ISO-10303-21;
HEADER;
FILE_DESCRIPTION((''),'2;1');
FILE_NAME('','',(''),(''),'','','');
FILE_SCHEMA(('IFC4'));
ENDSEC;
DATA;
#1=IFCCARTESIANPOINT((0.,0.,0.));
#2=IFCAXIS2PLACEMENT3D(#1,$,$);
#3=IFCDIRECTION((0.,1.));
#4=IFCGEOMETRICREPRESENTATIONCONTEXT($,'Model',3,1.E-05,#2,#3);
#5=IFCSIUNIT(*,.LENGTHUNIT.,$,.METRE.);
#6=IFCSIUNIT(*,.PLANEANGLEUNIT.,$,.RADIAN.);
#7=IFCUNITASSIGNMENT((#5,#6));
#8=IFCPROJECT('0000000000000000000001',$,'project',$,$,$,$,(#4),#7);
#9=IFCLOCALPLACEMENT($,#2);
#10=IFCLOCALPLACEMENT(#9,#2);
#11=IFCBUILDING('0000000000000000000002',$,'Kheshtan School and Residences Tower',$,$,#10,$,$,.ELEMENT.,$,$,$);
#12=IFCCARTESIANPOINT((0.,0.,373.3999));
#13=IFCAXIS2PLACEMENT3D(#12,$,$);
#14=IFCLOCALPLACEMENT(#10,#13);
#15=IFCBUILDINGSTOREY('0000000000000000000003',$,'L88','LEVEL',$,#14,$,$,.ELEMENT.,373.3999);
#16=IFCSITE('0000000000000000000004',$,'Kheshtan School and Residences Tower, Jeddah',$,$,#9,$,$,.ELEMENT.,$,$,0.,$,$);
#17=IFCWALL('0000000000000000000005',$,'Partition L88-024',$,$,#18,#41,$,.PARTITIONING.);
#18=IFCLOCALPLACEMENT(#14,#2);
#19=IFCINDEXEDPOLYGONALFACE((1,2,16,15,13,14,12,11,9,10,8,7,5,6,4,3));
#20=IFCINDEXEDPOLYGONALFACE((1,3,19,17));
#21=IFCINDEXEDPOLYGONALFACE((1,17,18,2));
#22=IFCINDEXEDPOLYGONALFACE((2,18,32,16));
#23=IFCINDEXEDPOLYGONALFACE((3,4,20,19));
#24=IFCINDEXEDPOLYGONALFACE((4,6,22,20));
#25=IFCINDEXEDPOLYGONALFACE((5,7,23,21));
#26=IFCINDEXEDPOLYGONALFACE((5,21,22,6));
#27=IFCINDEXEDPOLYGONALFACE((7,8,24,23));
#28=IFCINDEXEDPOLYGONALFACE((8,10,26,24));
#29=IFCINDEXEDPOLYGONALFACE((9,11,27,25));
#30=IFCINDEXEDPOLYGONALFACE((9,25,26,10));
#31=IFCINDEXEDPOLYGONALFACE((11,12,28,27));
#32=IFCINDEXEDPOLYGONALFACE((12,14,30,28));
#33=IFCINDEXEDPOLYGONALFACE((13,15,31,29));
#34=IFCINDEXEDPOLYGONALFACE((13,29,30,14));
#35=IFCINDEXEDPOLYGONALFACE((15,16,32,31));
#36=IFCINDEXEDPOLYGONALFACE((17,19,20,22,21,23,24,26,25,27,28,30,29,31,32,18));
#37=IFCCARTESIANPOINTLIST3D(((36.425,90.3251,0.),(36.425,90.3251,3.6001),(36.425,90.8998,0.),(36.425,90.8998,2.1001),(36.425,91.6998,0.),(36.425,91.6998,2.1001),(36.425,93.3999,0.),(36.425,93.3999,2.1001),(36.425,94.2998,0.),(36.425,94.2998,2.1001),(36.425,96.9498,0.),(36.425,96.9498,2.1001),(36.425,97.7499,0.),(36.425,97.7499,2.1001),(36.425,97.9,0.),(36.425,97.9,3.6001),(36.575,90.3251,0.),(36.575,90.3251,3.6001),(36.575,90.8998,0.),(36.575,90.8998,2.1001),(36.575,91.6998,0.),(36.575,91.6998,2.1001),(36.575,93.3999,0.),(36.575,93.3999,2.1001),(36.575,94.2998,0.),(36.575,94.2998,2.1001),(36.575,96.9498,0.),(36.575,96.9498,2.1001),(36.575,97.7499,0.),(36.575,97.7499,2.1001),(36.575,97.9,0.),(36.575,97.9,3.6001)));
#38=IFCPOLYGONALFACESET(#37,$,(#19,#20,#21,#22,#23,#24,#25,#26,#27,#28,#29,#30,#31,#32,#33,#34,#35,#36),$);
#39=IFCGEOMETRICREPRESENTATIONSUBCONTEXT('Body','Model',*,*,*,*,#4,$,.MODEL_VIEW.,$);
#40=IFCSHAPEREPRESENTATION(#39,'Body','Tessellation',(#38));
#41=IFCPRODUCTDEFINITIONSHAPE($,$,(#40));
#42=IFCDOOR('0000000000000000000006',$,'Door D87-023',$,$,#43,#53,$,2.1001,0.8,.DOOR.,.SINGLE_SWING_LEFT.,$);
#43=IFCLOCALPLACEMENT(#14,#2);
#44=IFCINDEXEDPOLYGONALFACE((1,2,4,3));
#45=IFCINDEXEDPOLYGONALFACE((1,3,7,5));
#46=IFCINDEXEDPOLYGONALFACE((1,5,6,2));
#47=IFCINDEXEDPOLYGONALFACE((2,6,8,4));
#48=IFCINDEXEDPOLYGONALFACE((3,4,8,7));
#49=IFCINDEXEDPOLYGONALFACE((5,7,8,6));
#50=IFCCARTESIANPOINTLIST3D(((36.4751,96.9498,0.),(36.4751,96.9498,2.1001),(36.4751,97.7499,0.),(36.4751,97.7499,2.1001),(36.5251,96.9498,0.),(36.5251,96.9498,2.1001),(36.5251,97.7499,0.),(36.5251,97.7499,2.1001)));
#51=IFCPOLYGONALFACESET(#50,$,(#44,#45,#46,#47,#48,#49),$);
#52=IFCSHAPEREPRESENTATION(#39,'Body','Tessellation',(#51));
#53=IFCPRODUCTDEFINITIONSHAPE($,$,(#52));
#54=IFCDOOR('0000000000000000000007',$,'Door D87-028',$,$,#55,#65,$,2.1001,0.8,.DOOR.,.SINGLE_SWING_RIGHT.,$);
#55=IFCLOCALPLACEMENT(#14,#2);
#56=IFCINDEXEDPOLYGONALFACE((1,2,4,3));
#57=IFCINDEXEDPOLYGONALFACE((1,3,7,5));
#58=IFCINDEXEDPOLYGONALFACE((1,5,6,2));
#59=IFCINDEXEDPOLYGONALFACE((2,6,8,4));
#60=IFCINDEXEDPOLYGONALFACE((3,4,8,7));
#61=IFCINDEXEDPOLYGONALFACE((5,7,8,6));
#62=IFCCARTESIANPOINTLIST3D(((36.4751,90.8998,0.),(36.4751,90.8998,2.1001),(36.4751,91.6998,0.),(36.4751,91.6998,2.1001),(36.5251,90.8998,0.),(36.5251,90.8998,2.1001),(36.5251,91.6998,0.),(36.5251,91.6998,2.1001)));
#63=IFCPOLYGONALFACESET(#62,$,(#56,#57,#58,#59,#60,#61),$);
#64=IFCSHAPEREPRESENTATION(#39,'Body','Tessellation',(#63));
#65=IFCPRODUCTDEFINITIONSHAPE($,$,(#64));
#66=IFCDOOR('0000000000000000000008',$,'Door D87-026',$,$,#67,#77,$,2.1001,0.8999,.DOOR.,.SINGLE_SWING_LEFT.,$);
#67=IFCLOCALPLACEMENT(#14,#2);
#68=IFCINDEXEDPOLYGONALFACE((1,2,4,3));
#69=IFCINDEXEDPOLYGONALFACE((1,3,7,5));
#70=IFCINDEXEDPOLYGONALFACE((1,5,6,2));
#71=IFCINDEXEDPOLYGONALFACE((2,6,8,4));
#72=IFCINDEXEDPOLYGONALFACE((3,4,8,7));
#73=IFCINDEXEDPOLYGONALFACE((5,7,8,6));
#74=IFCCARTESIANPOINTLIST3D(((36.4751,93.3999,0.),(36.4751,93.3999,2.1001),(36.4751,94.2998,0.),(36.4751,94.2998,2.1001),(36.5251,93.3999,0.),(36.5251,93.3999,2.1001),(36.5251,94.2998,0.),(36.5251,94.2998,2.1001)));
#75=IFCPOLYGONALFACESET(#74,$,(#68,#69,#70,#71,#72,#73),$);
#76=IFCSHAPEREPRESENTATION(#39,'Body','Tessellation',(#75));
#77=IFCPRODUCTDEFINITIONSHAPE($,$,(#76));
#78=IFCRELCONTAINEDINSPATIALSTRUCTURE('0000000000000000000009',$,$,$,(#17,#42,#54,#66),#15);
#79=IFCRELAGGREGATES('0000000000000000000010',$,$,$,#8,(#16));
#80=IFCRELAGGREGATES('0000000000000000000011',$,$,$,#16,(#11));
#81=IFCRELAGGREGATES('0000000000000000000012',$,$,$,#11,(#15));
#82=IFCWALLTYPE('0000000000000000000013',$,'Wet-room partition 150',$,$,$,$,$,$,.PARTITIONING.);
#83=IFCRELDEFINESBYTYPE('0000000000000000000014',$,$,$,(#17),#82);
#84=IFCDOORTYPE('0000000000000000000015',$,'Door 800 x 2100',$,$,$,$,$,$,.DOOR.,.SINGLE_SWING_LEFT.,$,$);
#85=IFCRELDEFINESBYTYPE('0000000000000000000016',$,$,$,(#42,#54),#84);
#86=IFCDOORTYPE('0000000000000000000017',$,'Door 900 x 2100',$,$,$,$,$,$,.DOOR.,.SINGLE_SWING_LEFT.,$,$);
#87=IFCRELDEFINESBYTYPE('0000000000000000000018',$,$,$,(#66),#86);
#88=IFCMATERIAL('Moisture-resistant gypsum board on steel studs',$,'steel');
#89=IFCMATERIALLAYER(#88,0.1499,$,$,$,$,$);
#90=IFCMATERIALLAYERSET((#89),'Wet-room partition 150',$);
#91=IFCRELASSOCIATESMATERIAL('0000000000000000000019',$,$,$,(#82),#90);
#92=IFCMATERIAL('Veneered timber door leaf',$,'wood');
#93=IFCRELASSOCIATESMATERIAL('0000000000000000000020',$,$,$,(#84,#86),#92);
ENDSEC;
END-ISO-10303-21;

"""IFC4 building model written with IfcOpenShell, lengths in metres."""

from ifc_helpers import new_model, si_unit, direction, frame, frame_2d, origin, place, context, subcontext, project, spatial, rectangle, extrude, source, transform, mapped, material, layer, layer_set, type_object, element, fill, save


model = new_model("IFC4")

# Units and contexts
model_context = context("Model", 3, precision=1e-05, world=origin(), true_north=direction((0.0, 1.0)))
body_context = subcontext(model_context, "Body", "Model", "MODEL_VIEW")
ifc_project = project(units=[si_unit("LENGTHUNIT", "METRE"), si_unit("PLANEANGLEUNIT", "RADIAN")], contexts=[model_context])

# Site, building, storey
site_placement = place(None, origin())
site = spatial("IfcSite", under=ifc_project, at=site_placement, Name="Kheshtan School and Residences Tower, Jeddah", CompositionType="ELEMENT", RefElevation=0.0)
building_placement = place(site_placement, origin())
building = spatial("IfcBuilding", under=site, at=building_placement, Name="Kheshtan School and Residences Tower", CompositionType="ELEMENT")
storey_placement = place(building_placement, frame((0.0, 0.0, 373.3999)))
storey = spatial("IfcBuildingStorey", under=building, at=storey_placement, Name="L88", Description="LEVEL", CompositionType="ELEMENT", Elevation=373.3999)

# Shared definitions
ifc_material_1 = material(Name="Moisture-resistant gypsum board on steel studs", Category="steel")
ifc_layer_1 = layer(ifc_material_1, 0.1499)
ifc_layer_set_1 = layer_set([ifc_layer_1], Name="Wet-room partition 150")
wall_type_1 = type_object("IfcWallType", Name="Wet-room partition 150", PredefinedType="PARTITIONING", material=ifc_layer_set_1)

# Wall, openings, doors
wall_1_placement = place(storey_placement, frame((36.5, 90.325, 0.0), z_axis=(0.0, 0.0, 1.0), x_axis=(0.0, 1.0, 0.0)))
wall_1 = element("IfcWall", 1, at=wall_1_placement, inside=storey, type_object=wall_type_1, Name="Partition L88-024", PredefinedType="PARTITIONING", context=body_context, shape_type="SweptSolid", body=[
    extrude(rectangle(XDim=7.575, YDim=0.1499, at=frame_2d((3.7876, 0.0))), origin(), (0.0, 0.0, 1.0), 3.6001),
])
opening_1_placement = place(wall_1_placement, frame((6.625, 0.0, 0.0)))
opening_1 = element("IfcOpeningElement", 2, at=opening_1_placement, cuts=wall_1, PredefinedType="OPENING", context=body_context, shape_type="SweptSolid", body=[
    extrude(rectangle(XDim=0.8, YDim=2.1001, at=frame_2d((0.3999, 1.05))), frame((0.0, 0.085, 0.0), z_axis=(0.0, -1.0, 0.0), x_axis=(1.0, 0.0, 0.0)), (0.0, 0.0, 1.0), 0.1699),
])
opening_2_placement = place(wall_1_placement, frame((3.075, 0.0, 0.0)))
opening_2 = element("IfcOpeningElement", 3, at=opening_2_placement, cuts=wall_1, PredefinedType="OPENING", context=body_context, shape_type="SweptSolid", body=[
    extrude(rectangle(XDim=0.8999, YDim=2.1001, at=frame_2d((0.45, 1.05))), frame((0.0, 0.085, 0.0), z_axis=(0.0, -1.0, 0.0), x_axis=(1.0, 0.0, 0.0)), (0.0, 0.0, 1.0), 0.1699),
])
opening_3_placement = place(wall_1_placement, frame((0.575, 0.0, 0.0)))
opening_3 = element("IfcOpeningElement", 4, at=opening_3_placement, cuts=wall_1, PredefinedType="OPENING", context=body_context, shape_type="SweptSolid", body=[
    extrude(rectangle(XDim=0.8, YDim=2.1001, at=frame_2d((0.3999, 1.05))), frame((0.0, 0.085, 0.0), z_axis=(0.0, -1.0, 0.0), x_axis=(1.0, 0.0, 0.0)), (0.0, 0.0, 1.0), 0.1699),
])
ifc_material_2 = material(Name="Veneered timber door leaf", Category="wood")
door_type_1 = type_object("IfcDoorType", Name="Door 800 x 2100", OperationType="SINGLE_SWING_LEFT", PredefinedType="DOOR", material=ifc_material_2)
shared_shape_1 = source(origin(), body_context, "Body", "SweptSolid", [
    extrude(rectangle(XDim=0.8, YDim=2.1001, at=frame_2d((0.3999, 1.05))), frame((0.0, 0.0249, 0.0), z_axis=(0.0, -1.0, 0.0), x_axis=(1.0, 0.0, 0.0)), (0.0, 0.0, 1.0), 0.05),
])
door_1_placement = place(opening_1_placement, origin())
door_1 = element("IfcDoor", 5, at=door_1_placement, inside=storey, type_object=door_type_1, Name="Door D87-023", OperationType="SINGLE_SWING_LEFT", OverallHeight=2.1001, OverallWidth=0.8, PredefinedType="DOOR", context=body_context, shape_type="MappedRepresentation", body=[
    mapped(shared_shape_1, transform((0.0, 0.0, 0.0), x_axis=(1.0, 0.0, 0.0), y_axis=(0.0, 1.0, 0.0), z_axis=(0.0, 0.0, 1.0), scale=1.0)),
])
fill(opening_1, door_1)
door_2_placement = place(opening_3_placement, origin())
door_2 = element("IfcDoor", 6, at=door_2_placement, inside=storey, type_object=door_type_1, Name="Door D87-028", OperationType="SINGLE_SWING_RIGHT", OverallHeight=2.1001, OverallWidth=0.8, PredefinedType="DOOR", context=body_context, shape_type="MappedRepresentation", body=[
    mapped(shared_shape_1, transform((0.0, 0.0, 0.0), x_axis=(1.0, 0.0, 0.0), y_axis=(0.0, 1.0, 0.0), z_axis=(0.0, 0.0, 1.0), scale=1.0)),
])
fill(opening_3, door_2)
door_type_2 = type_object("IfcDoorType", Name="Door 900 x 2100", OperationType="SINGLE_SWING_LEFT", PredefinedType="DOOR", material=ifc_material_2)
shared_shape_2 = source(origin(), body_context, "Body", "SweptSolid", [
    extrude(rectangle(XDim=0.8999, YDim=2.1001, at=frame_2d((0.45, 1.05))), frame((0.0, 0.0249, 0.0), z_axis=(0.0, -1.0, 0.0), x_axis=(1.0, 0.0, 0.0)), (0.0, 0.0, 1.0), 0.05),
])
door_3_placement = place(opening_2_placement, origin())
door_3 = element("IfcDoor", 7, at=door_3_placement, inside=storey, type_object=door_type_2, Name="Door D87-026", OperationType="SINGLE_SWING_LEFT", OverallHeight=2.1001, OverallWidth=0.8999, PredefinedType="DOOR", context=body_context, shape_type="MappedRepresentation", body=[
    mapped(shared_shape_2, transform((0.0, 0.0, 0.0), x_axis=(1.0, 0.0, 0.0), y_axis=(0.0, 1.0, 0.0), z_axis=(0.0, 0.0, 1.0), scale=1.0)),
])
fill(opening_2, door_3)

save(model, "model.ifc")
